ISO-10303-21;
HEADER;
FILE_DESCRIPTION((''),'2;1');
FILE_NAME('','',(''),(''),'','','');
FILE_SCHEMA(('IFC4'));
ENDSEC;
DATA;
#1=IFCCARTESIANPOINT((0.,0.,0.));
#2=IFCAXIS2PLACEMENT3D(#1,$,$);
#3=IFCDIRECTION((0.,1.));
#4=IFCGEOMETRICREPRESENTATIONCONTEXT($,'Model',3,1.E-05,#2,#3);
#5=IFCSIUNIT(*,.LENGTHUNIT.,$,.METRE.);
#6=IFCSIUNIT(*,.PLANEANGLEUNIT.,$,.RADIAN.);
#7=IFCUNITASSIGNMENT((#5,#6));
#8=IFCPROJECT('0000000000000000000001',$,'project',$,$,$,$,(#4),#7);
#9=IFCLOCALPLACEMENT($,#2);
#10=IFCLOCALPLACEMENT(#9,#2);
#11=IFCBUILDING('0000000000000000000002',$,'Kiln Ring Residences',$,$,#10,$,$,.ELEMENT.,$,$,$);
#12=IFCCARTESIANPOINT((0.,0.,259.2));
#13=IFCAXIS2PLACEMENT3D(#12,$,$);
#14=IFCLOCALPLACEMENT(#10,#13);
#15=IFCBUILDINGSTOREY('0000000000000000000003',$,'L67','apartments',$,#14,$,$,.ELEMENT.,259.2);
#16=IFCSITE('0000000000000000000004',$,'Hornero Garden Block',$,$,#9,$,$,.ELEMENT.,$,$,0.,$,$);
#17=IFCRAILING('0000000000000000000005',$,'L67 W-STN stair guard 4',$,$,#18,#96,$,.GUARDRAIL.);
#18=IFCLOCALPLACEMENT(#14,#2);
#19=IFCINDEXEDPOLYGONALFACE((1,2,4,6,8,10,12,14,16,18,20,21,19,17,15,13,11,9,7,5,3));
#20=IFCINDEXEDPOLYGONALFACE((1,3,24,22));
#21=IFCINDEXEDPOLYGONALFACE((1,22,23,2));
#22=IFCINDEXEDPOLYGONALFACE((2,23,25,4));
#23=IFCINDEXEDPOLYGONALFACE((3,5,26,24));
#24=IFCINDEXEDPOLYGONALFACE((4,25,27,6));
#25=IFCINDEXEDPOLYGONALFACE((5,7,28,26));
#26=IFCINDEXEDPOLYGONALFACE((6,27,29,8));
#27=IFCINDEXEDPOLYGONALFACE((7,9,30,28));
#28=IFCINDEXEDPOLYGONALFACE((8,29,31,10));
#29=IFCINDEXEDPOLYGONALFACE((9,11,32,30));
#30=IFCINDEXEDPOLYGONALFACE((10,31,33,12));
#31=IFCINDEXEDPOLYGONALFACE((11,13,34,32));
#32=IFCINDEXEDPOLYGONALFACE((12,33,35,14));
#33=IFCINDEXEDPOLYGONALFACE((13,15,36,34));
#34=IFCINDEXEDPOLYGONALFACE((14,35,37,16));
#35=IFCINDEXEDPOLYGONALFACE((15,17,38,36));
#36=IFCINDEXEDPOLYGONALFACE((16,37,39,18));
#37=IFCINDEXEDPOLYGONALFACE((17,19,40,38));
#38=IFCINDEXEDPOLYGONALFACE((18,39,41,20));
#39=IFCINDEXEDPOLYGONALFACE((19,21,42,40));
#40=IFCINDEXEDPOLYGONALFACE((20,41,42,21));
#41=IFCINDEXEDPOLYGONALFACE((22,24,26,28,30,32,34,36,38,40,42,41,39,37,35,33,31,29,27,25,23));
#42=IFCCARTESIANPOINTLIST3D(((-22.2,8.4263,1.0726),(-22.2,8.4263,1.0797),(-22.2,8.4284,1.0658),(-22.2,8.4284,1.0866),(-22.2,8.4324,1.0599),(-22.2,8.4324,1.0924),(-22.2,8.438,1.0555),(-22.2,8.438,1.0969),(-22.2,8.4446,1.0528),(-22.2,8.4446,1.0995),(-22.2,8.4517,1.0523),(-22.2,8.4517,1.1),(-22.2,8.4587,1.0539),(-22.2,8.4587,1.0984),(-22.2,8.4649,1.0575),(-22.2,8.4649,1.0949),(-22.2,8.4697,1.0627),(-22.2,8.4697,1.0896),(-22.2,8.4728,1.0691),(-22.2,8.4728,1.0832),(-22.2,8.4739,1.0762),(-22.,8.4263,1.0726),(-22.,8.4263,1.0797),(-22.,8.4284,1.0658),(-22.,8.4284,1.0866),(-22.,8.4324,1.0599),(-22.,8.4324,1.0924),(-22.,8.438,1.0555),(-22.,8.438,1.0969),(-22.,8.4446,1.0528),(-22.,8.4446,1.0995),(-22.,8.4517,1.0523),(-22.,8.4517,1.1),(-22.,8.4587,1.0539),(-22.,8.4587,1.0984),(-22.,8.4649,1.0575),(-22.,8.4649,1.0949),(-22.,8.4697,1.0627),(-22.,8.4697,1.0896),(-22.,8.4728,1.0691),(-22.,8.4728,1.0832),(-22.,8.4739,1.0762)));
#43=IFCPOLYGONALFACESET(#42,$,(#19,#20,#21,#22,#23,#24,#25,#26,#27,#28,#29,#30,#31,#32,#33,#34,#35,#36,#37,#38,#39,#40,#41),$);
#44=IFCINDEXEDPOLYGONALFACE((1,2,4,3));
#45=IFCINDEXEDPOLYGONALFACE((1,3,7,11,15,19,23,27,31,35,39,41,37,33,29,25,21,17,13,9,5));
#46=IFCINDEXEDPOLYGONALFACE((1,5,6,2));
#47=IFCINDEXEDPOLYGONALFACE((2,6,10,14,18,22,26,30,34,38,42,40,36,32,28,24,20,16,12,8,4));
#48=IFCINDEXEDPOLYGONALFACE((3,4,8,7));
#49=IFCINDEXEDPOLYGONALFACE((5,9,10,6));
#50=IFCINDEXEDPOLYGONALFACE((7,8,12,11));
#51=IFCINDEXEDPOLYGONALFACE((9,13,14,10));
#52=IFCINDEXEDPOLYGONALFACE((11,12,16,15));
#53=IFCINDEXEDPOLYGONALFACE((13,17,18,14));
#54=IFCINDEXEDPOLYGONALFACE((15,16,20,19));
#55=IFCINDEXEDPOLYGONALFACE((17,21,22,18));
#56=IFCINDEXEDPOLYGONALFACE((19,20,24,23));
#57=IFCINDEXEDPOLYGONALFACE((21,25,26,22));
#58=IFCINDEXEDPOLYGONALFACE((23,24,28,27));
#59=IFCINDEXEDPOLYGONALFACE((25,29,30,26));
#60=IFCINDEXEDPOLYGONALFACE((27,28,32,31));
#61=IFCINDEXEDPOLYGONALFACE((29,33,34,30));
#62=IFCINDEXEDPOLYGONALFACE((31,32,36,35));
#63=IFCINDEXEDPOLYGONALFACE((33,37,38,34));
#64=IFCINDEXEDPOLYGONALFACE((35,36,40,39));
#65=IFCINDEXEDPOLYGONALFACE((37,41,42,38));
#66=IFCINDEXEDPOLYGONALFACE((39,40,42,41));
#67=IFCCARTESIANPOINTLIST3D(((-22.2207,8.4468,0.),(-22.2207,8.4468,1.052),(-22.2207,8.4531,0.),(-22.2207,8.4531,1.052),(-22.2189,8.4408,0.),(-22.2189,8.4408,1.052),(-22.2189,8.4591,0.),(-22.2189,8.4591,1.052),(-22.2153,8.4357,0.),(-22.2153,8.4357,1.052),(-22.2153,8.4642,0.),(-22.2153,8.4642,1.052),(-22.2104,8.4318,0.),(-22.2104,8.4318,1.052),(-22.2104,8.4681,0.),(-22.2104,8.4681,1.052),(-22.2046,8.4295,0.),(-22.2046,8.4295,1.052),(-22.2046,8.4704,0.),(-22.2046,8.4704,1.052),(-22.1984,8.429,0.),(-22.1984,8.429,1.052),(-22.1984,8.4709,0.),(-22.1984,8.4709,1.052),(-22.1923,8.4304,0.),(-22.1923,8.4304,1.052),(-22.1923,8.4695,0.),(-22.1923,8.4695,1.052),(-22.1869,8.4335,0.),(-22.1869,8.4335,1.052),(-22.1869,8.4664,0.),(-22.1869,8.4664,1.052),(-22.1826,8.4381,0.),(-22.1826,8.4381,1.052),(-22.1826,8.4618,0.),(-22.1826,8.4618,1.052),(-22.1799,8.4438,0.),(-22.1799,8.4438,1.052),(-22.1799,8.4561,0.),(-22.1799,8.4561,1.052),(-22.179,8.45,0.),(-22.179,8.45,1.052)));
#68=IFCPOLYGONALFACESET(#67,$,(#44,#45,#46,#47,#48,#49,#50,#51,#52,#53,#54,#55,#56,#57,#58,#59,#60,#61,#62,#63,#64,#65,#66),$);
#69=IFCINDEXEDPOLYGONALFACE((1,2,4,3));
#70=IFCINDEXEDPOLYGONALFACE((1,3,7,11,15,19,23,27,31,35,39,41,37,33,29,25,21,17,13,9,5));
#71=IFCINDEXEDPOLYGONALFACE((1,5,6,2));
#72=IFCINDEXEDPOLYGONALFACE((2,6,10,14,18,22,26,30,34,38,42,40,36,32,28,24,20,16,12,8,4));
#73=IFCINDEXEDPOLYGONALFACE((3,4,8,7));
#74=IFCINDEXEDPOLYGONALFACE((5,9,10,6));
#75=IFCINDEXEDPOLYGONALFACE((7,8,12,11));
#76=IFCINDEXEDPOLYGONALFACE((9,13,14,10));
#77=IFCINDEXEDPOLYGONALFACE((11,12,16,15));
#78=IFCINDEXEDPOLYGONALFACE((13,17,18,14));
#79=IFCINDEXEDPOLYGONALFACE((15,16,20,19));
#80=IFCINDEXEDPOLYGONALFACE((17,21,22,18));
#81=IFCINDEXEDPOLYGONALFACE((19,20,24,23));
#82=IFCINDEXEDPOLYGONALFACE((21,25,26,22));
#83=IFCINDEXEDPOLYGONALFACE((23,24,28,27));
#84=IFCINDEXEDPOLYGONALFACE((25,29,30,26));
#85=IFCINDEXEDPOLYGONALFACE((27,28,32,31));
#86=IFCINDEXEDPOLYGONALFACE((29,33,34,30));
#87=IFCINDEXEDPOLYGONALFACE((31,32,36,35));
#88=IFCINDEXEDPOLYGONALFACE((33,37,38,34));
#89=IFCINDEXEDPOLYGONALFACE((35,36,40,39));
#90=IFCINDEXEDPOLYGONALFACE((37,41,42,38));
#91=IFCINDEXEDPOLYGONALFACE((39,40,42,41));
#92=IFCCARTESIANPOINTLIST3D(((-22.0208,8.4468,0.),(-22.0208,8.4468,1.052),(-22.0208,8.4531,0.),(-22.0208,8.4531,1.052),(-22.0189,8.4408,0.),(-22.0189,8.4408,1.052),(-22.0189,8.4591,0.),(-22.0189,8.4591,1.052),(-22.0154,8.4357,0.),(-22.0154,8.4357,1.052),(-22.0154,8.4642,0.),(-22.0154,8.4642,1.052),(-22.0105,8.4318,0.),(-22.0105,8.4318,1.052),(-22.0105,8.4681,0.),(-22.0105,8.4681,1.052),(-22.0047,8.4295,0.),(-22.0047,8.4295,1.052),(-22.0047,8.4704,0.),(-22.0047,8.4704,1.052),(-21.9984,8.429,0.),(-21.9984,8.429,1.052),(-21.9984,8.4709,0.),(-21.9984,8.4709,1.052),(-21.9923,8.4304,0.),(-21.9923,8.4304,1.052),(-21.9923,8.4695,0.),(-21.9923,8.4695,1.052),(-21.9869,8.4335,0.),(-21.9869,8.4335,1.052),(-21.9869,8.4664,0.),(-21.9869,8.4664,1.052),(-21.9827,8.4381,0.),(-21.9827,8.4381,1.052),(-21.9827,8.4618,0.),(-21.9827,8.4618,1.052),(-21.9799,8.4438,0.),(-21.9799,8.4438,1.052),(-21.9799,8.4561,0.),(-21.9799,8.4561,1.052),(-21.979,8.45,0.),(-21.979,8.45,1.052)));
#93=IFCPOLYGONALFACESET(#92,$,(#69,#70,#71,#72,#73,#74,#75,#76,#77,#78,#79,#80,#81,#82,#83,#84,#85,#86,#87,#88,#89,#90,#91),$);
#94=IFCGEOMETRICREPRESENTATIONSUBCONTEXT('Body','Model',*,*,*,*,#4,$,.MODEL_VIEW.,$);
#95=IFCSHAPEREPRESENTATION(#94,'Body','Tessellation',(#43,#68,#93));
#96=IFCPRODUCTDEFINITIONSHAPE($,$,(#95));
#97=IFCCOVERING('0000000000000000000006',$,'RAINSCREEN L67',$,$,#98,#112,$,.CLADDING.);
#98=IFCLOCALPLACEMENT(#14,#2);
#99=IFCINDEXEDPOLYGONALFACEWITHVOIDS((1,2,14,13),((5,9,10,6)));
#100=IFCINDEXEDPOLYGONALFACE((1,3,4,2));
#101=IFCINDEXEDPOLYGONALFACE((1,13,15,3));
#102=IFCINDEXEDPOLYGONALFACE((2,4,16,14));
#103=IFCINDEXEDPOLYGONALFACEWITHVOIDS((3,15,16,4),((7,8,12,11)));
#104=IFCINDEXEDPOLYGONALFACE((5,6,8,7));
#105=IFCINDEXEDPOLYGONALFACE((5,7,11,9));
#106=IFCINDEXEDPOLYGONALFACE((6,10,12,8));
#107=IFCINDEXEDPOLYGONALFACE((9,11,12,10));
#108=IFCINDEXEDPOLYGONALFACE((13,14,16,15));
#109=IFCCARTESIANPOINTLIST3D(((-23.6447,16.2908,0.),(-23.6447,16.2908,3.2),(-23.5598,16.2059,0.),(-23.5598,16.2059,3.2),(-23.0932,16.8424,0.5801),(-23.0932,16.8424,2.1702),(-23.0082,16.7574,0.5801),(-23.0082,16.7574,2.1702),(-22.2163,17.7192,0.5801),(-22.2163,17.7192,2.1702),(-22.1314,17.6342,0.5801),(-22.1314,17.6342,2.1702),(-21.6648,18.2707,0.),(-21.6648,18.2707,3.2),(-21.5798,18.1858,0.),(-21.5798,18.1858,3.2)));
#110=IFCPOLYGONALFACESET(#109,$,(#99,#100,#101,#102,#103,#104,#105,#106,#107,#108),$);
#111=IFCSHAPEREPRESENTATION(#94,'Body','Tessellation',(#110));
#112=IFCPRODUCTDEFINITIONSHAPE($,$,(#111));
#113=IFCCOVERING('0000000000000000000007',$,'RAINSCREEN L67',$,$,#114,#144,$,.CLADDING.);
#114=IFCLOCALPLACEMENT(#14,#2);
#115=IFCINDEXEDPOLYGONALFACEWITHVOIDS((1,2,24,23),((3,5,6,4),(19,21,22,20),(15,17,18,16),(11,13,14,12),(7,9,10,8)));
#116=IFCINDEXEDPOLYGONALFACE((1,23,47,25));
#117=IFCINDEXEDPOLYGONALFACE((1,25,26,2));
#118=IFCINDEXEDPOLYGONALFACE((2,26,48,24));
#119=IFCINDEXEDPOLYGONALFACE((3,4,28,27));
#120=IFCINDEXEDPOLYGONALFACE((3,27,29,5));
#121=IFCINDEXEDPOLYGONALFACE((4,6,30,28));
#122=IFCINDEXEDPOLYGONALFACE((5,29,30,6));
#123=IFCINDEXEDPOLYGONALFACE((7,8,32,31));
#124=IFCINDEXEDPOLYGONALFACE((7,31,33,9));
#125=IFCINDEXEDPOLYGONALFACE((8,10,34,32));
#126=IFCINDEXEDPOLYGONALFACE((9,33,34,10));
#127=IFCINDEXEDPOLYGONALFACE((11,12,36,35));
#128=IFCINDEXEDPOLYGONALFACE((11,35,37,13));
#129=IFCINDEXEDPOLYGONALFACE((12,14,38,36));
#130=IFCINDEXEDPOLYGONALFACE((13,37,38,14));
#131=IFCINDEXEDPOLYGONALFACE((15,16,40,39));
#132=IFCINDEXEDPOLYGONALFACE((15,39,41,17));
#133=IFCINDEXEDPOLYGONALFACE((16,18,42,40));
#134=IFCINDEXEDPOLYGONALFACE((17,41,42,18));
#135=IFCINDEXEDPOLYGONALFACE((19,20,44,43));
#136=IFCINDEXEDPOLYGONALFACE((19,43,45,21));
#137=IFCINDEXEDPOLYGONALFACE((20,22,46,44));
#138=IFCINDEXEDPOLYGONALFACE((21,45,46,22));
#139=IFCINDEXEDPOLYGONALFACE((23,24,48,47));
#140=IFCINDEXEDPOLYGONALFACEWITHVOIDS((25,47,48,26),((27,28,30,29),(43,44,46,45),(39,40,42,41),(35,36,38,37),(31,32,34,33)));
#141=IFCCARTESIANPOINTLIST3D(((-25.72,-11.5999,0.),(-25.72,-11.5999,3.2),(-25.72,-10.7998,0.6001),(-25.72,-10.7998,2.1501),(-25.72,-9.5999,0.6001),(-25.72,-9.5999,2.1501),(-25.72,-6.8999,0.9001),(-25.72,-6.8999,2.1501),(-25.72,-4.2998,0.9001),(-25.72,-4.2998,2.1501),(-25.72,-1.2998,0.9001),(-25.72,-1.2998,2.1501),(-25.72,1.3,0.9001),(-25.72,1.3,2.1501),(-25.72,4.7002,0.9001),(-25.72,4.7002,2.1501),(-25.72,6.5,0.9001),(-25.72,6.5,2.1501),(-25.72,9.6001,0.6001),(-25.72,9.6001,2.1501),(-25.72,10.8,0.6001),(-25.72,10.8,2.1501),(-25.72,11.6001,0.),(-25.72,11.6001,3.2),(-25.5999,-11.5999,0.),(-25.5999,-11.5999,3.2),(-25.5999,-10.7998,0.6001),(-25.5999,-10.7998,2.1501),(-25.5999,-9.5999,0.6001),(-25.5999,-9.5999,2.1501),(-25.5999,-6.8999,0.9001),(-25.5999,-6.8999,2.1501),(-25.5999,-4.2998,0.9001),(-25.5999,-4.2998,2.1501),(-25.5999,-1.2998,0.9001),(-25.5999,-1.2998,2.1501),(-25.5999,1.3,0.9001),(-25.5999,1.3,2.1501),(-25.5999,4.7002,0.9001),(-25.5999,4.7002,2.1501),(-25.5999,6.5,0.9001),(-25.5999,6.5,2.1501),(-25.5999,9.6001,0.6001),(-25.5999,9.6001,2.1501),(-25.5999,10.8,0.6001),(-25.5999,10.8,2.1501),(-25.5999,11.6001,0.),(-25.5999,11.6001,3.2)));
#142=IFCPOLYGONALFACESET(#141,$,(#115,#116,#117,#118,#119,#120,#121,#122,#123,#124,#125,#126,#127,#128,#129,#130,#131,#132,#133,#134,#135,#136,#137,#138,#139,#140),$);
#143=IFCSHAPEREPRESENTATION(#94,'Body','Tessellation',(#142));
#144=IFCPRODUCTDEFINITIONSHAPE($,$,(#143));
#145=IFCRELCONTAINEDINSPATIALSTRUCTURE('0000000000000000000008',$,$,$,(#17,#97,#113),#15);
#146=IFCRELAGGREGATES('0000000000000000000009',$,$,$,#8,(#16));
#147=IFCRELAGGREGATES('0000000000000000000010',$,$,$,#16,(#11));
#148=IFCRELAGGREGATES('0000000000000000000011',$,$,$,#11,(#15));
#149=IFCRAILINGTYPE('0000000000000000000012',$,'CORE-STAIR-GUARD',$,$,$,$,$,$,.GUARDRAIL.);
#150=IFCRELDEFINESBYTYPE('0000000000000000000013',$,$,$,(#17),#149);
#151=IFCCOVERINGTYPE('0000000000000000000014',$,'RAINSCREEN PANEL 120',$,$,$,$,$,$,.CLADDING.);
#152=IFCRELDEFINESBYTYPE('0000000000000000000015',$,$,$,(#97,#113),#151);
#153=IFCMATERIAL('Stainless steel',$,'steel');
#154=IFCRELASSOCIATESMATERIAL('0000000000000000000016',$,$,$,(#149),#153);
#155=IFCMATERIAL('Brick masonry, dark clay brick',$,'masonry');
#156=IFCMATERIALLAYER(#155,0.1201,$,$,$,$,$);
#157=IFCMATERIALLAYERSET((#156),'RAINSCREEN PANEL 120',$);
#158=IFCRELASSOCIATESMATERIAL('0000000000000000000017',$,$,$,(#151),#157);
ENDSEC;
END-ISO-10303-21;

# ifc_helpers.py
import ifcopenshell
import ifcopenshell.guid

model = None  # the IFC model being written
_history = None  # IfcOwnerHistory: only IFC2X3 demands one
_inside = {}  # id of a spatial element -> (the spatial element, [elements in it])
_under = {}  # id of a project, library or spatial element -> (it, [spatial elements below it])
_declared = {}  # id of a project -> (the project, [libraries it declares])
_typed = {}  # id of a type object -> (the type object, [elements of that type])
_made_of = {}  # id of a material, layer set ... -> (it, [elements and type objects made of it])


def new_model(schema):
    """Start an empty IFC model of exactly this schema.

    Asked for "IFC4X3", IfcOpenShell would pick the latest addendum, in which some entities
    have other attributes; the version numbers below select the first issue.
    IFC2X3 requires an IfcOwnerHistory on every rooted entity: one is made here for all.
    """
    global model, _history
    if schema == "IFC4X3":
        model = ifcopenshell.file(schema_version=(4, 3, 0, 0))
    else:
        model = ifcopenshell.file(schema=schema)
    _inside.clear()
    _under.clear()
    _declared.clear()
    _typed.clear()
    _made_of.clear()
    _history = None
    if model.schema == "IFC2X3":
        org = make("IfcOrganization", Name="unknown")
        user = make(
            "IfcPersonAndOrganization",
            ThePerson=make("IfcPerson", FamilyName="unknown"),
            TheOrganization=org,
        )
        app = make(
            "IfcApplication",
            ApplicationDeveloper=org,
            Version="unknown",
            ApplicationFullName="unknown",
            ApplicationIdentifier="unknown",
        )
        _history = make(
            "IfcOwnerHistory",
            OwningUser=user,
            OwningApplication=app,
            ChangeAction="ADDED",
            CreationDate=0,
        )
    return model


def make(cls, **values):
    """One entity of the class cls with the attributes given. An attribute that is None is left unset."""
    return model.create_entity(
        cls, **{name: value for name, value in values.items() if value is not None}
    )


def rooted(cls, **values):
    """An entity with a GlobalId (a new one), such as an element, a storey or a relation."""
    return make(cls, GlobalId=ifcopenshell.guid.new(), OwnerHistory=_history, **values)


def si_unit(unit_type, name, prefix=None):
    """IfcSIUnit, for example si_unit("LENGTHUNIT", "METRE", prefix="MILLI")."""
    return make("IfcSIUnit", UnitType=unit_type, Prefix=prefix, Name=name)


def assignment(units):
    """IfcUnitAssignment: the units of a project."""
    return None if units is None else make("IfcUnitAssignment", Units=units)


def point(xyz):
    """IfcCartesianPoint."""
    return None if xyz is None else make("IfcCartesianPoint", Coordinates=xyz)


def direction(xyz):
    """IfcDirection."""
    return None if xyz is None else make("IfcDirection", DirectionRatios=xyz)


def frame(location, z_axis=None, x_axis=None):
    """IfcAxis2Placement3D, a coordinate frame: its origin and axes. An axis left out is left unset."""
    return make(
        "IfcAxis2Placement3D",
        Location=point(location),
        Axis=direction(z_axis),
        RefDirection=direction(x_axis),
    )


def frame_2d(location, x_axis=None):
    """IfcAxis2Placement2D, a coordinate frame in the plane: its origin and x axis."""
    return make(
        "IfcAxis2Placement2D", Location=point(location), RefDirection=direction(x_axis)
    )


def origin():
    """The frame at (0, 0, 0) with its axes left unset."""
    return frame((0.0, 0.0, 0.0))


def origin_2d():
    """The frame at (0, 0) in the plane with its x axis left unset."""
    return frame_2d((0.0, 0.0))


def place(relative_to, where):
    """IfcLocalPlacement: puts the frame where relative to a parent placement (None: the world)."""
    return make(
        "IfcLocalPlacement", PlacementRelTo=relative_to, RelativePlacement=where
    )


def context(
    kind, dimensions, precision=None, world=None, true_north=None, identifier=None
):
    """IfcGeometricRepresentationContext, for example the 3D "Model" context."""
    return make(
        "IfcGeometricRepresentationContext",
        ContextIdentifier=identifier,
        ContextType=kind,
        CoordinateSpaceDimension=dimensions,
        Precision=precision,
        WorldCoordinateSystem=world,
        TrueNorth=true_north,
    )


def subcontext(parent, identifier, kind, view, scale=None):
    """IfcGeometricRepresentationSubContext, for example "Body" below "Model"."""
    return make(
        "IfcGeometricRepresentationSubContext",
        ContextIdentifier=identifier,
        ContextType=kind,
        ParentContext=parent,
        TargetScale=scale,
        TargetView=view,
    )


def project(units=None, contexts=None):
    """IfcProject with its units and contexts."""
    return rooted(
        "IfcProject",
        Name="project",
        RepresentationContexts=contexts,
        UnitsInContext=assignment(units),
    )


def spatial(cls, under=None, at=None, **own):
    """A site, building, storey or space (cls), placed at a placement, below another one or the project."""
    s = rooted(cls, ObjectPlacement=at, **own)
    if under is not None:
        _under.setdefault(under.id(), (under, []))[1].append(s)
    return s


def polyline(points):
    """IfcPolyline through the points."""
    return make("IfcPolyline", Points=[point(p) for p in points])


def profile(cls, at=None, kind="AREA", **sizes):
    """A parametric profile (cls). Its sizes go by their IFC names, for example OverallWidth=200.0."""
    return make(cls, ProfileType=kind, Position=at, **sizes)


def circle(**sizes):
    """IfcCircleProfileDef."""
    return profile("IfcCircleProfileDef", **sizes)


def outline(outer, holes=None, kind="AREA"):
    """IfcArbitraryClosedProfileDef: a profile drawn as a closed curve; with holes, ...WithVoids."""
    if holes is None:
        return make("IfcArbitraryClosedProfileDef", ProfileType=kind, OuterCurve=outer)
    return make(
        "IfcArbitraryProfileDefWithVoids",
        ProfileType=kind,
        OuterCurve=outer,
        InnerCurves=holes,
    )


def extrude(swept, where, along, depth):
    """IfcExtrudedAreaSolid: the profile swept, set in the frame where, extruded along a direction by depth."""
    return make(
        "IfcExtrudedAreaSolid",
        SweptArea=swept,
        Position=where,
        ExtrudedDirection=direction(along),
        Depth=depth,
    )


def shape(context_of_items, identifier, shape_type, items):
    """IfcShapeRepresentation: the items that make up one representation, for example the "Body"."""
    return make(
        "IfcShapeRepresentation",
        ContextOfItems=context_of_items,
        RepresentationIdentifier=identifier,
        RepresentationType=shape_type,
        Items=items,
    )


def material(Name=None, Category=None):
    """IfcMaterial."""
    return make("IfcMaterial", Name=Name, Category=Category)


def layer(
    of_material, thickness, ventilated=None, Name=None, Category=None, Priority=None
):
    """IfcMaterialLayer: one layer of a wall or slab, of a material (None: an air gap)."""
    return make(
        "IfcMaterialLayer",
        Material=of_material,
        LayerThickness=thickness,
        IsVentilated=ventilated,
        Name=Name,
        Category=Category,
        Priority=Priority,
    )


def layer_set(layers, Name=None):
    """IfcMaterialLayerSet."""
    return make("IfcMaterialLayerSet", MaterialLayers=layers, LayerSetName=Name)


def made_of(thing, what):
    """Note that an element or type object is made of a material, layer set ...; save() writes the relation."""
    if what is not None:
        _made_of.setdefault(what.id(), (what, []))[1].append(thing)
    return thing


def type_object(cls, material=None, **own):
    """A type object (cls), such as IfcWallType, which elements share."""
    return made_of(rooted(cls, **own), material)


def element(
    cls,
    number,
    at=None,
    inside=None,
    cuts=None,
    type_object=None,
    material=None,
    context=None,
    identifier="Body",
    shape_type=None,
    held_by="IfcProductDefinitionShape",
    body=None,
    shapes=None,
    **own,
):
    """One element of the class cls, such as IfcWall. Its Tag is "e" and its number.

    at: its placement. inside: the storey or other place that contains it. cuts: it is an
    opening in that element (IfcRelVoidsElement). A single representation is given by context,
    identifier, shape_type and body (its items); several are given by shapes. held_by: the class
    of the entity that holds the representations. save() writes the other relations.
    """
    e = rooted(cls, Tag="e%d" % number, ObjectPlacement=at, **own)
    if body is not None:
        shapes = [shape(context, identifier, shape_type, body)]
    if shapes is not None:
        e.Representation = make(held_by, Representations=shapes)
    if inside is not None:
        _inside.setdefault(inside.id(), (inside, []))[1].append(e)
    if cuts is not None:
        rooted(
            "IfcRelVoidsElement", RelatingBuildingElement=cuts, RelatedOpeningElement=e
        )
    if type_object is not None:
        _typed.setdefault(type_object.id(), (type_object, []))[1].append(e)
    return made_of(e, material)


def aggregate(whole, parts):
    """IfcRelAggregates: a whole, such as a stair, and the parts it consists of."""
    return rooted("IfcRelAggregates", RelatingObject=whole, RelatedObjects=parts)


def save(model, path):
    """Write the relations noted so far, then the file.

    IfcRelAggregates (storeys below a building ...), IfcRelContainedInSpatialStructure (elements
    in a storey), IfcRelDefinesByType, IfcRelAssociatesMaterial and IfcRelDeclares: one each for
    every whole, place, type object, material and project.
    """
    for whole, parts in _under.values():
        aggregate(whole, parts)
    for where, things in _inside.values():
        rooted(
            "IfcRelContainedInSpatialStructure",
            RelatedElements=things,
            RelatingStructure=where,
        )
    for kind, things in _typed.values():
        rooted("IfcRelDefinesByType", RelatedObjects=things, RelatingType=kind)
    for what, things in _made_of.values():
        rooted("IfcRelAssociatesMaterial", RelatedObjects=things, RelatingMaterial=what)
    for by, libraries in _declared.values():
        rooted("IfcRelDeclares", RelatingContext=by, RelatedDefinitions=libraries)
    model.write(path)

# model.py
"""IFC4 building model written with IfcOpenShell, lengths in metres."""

from ifc_helpers import new_model, si_unit, direction, frame, origin, origin_2d, place, context, subcontext, project, spatial, polyline, circle, outline, extrude, material, layer, layer_set, type_object, element, save


model = new_model("IFC4")

# Units and contexts
model_context = context("Model", 3, precision=1e-05, world=origin(), true_north=direction((0.0, 1.0)))
body_context = subcontext(model_context, "Body", "Model", "MODEL_VIEW")
ifc_project = project(units=[si_unit("LENGTHUNIT", "METRE"), si_unit("PLANEANGLEUNIT", "RADIAN")], contexts=[model_context])

# Site, building, storey
site_placement = place(None, origin())
site = spatial("IfcSite", under=ifc_project, at=site_placement, Name="Hornero Garden Block", CompositionType="ELEMENT", RefElevation=0.0)
building_placement = place(site_placement, origin())
building = spatial("IfcBuilding", under=site, at=building_placement, Name="Kiln Ring Residences", CompositionType="ELEMENT")
storey_placement = place(building_placement, frame((0.0, 0.0, 259.2)))
storey = spatial("IfcBuildingStorey", under=building, at=storey_placement, Name="L67", Description="apartments", CompositionType="ELEMENT", Elevation=259.2)

# Railing
ifc_material_1 = material(Name="Stainless steel", Category="steel")
railing_type = type_object("IfcRailingType", Name="CORE-STAIR-GUARD", PredefinedType="GUARDRAIL", material=ifc_material_1)
railing_1_placement = place(storey_placement, frame((-22.2, 8.45, 0.0)))
element("IfcRailing", 1, at=railing_1_placement, inside=storey, type_object=railing_type, Name="L67 W-STN stair guard 4", PredefinedType="GUARDRAIL", context=body_context, shape_type="SweptSolid", body=[
    extrude(circle(Radius=0.0239, at=origin_2d()), frame((0.0, 0.0, 1.0762), z_axis=(1.0, 0.0, 0.0), x_axis=(0.0, 1.0, 0.0)), (0.0, 0.0, 1.0), 0.2),
    extrude(circle(Radius=0.021, at=origin_2d()), origin(), (0.0, 0.0, 1.0), 1.052),
    extrude(circle(Radius=0.021, at=origin_2d()), frame((0.2, 0.0, 0.0)), (0.0, 0.0, 1.0), 1.052),
])

# Coverings
ifc_material_2 = material(Name="Brick masonry, dark clay brick", Category="masonry")
ifc_layer_1 = layer(ifc_material_2, 0.1201)
ifc_layer_set_1 = layer_set([ifc_layer_1], Name="RAINSCREEN PANEL 120")
covering_type = type_object("IfcCoveringType", Name="RAINSCREEN PANEL 120", PredefinedType="CLADDING", material=ifc_layer_set_1)
covering_1_placement = place(storey_placement, frame((-21.6223, 18.2283, 0.0), z_axis=(0.0, 0.0, 1.0), x_axis=(-0.707107, -0.707107, 0.0)))
element("IfcCovering", 2, at=covering_1_placement, inside=storey, type_object=covering_type, Name="RAINSCREEN L67", PredefinedType="CLADDING", context=body_context, shape_type="SweptSolid", body=[
    extrude(outline(polyline([(0.0, 0.0), (2.8, 0.0), (2.8, 3.2), (0.0, 3.2), (0.0, 0.0)]), holes=[polyline([(0.78, 2.1702), (0.78, 0.5801), (2.02, 0.5801), (2.02, 2.1702), (0.78, 2.1702)])]), frame((0.0, 0.0601, 0.0), z_axis=(0.0, -1.0, 0.0), x_axis=(1.0, 0.0, 0.0)), (0.0, 0.0, 1.0), 0.1201),
])
covering_2_placement = place(storey_placement, frame((-25.6599, 11.6001, 0.0), z_axis=(0.0, 0.0, 1.0), x_axis=(0.0, -1.0, 0.0)))
element("IfcCovering", 3, at=covering_2_placement, inside=storey, type_object=covering_type, Name="RAINSCREEN L67", PredefinedType="CLADDING", context=body_context, shape_type="SweptSolid", body=[
    extrude(outline(polyline([(0.0, 0.0), (23.2, 0.0), (23.2, 3.2), (0.0, 3.2), (0.0, 0.0)]), holes=[polyline([(2.0, 0.6001), (2.0, 2.1501), (0.8, 2.1501), (0.8, 0.6001), (2.0, 0.6001)]), polyline([(22.3999, 0.6001), (22.3999, 2.1501), (21.2, 2.1501), (21.2, 0.6001), (22.3999, 0.6001)]), polyline([(6.8999, 0.9001), (6.8999, 2.1501), (5.1001, 2.1501), (5.1001, 0.9001), (6.8999, 0.9001)]), polyline([(10.3, 0.9001), (12.8999, 0.9001), (12.8999, 2.1501), (10.3, 2.1501), (10.3, 0.9001)]), polyline([(15.8999, 0.9001), (18.5, 0.9001), (18.5, 2.1501), (15.8999, 2.1501), (15.8999, 0.9001)])]), frame((0.0, 0.0601, 0.0), z_axis=(0.0, -1.0, 0.0), x_axis=(1.0, 0.0, 0.0)), (0.0, 0.0, 1.0), 0.1201),
])

save(model, "model.ifc")
